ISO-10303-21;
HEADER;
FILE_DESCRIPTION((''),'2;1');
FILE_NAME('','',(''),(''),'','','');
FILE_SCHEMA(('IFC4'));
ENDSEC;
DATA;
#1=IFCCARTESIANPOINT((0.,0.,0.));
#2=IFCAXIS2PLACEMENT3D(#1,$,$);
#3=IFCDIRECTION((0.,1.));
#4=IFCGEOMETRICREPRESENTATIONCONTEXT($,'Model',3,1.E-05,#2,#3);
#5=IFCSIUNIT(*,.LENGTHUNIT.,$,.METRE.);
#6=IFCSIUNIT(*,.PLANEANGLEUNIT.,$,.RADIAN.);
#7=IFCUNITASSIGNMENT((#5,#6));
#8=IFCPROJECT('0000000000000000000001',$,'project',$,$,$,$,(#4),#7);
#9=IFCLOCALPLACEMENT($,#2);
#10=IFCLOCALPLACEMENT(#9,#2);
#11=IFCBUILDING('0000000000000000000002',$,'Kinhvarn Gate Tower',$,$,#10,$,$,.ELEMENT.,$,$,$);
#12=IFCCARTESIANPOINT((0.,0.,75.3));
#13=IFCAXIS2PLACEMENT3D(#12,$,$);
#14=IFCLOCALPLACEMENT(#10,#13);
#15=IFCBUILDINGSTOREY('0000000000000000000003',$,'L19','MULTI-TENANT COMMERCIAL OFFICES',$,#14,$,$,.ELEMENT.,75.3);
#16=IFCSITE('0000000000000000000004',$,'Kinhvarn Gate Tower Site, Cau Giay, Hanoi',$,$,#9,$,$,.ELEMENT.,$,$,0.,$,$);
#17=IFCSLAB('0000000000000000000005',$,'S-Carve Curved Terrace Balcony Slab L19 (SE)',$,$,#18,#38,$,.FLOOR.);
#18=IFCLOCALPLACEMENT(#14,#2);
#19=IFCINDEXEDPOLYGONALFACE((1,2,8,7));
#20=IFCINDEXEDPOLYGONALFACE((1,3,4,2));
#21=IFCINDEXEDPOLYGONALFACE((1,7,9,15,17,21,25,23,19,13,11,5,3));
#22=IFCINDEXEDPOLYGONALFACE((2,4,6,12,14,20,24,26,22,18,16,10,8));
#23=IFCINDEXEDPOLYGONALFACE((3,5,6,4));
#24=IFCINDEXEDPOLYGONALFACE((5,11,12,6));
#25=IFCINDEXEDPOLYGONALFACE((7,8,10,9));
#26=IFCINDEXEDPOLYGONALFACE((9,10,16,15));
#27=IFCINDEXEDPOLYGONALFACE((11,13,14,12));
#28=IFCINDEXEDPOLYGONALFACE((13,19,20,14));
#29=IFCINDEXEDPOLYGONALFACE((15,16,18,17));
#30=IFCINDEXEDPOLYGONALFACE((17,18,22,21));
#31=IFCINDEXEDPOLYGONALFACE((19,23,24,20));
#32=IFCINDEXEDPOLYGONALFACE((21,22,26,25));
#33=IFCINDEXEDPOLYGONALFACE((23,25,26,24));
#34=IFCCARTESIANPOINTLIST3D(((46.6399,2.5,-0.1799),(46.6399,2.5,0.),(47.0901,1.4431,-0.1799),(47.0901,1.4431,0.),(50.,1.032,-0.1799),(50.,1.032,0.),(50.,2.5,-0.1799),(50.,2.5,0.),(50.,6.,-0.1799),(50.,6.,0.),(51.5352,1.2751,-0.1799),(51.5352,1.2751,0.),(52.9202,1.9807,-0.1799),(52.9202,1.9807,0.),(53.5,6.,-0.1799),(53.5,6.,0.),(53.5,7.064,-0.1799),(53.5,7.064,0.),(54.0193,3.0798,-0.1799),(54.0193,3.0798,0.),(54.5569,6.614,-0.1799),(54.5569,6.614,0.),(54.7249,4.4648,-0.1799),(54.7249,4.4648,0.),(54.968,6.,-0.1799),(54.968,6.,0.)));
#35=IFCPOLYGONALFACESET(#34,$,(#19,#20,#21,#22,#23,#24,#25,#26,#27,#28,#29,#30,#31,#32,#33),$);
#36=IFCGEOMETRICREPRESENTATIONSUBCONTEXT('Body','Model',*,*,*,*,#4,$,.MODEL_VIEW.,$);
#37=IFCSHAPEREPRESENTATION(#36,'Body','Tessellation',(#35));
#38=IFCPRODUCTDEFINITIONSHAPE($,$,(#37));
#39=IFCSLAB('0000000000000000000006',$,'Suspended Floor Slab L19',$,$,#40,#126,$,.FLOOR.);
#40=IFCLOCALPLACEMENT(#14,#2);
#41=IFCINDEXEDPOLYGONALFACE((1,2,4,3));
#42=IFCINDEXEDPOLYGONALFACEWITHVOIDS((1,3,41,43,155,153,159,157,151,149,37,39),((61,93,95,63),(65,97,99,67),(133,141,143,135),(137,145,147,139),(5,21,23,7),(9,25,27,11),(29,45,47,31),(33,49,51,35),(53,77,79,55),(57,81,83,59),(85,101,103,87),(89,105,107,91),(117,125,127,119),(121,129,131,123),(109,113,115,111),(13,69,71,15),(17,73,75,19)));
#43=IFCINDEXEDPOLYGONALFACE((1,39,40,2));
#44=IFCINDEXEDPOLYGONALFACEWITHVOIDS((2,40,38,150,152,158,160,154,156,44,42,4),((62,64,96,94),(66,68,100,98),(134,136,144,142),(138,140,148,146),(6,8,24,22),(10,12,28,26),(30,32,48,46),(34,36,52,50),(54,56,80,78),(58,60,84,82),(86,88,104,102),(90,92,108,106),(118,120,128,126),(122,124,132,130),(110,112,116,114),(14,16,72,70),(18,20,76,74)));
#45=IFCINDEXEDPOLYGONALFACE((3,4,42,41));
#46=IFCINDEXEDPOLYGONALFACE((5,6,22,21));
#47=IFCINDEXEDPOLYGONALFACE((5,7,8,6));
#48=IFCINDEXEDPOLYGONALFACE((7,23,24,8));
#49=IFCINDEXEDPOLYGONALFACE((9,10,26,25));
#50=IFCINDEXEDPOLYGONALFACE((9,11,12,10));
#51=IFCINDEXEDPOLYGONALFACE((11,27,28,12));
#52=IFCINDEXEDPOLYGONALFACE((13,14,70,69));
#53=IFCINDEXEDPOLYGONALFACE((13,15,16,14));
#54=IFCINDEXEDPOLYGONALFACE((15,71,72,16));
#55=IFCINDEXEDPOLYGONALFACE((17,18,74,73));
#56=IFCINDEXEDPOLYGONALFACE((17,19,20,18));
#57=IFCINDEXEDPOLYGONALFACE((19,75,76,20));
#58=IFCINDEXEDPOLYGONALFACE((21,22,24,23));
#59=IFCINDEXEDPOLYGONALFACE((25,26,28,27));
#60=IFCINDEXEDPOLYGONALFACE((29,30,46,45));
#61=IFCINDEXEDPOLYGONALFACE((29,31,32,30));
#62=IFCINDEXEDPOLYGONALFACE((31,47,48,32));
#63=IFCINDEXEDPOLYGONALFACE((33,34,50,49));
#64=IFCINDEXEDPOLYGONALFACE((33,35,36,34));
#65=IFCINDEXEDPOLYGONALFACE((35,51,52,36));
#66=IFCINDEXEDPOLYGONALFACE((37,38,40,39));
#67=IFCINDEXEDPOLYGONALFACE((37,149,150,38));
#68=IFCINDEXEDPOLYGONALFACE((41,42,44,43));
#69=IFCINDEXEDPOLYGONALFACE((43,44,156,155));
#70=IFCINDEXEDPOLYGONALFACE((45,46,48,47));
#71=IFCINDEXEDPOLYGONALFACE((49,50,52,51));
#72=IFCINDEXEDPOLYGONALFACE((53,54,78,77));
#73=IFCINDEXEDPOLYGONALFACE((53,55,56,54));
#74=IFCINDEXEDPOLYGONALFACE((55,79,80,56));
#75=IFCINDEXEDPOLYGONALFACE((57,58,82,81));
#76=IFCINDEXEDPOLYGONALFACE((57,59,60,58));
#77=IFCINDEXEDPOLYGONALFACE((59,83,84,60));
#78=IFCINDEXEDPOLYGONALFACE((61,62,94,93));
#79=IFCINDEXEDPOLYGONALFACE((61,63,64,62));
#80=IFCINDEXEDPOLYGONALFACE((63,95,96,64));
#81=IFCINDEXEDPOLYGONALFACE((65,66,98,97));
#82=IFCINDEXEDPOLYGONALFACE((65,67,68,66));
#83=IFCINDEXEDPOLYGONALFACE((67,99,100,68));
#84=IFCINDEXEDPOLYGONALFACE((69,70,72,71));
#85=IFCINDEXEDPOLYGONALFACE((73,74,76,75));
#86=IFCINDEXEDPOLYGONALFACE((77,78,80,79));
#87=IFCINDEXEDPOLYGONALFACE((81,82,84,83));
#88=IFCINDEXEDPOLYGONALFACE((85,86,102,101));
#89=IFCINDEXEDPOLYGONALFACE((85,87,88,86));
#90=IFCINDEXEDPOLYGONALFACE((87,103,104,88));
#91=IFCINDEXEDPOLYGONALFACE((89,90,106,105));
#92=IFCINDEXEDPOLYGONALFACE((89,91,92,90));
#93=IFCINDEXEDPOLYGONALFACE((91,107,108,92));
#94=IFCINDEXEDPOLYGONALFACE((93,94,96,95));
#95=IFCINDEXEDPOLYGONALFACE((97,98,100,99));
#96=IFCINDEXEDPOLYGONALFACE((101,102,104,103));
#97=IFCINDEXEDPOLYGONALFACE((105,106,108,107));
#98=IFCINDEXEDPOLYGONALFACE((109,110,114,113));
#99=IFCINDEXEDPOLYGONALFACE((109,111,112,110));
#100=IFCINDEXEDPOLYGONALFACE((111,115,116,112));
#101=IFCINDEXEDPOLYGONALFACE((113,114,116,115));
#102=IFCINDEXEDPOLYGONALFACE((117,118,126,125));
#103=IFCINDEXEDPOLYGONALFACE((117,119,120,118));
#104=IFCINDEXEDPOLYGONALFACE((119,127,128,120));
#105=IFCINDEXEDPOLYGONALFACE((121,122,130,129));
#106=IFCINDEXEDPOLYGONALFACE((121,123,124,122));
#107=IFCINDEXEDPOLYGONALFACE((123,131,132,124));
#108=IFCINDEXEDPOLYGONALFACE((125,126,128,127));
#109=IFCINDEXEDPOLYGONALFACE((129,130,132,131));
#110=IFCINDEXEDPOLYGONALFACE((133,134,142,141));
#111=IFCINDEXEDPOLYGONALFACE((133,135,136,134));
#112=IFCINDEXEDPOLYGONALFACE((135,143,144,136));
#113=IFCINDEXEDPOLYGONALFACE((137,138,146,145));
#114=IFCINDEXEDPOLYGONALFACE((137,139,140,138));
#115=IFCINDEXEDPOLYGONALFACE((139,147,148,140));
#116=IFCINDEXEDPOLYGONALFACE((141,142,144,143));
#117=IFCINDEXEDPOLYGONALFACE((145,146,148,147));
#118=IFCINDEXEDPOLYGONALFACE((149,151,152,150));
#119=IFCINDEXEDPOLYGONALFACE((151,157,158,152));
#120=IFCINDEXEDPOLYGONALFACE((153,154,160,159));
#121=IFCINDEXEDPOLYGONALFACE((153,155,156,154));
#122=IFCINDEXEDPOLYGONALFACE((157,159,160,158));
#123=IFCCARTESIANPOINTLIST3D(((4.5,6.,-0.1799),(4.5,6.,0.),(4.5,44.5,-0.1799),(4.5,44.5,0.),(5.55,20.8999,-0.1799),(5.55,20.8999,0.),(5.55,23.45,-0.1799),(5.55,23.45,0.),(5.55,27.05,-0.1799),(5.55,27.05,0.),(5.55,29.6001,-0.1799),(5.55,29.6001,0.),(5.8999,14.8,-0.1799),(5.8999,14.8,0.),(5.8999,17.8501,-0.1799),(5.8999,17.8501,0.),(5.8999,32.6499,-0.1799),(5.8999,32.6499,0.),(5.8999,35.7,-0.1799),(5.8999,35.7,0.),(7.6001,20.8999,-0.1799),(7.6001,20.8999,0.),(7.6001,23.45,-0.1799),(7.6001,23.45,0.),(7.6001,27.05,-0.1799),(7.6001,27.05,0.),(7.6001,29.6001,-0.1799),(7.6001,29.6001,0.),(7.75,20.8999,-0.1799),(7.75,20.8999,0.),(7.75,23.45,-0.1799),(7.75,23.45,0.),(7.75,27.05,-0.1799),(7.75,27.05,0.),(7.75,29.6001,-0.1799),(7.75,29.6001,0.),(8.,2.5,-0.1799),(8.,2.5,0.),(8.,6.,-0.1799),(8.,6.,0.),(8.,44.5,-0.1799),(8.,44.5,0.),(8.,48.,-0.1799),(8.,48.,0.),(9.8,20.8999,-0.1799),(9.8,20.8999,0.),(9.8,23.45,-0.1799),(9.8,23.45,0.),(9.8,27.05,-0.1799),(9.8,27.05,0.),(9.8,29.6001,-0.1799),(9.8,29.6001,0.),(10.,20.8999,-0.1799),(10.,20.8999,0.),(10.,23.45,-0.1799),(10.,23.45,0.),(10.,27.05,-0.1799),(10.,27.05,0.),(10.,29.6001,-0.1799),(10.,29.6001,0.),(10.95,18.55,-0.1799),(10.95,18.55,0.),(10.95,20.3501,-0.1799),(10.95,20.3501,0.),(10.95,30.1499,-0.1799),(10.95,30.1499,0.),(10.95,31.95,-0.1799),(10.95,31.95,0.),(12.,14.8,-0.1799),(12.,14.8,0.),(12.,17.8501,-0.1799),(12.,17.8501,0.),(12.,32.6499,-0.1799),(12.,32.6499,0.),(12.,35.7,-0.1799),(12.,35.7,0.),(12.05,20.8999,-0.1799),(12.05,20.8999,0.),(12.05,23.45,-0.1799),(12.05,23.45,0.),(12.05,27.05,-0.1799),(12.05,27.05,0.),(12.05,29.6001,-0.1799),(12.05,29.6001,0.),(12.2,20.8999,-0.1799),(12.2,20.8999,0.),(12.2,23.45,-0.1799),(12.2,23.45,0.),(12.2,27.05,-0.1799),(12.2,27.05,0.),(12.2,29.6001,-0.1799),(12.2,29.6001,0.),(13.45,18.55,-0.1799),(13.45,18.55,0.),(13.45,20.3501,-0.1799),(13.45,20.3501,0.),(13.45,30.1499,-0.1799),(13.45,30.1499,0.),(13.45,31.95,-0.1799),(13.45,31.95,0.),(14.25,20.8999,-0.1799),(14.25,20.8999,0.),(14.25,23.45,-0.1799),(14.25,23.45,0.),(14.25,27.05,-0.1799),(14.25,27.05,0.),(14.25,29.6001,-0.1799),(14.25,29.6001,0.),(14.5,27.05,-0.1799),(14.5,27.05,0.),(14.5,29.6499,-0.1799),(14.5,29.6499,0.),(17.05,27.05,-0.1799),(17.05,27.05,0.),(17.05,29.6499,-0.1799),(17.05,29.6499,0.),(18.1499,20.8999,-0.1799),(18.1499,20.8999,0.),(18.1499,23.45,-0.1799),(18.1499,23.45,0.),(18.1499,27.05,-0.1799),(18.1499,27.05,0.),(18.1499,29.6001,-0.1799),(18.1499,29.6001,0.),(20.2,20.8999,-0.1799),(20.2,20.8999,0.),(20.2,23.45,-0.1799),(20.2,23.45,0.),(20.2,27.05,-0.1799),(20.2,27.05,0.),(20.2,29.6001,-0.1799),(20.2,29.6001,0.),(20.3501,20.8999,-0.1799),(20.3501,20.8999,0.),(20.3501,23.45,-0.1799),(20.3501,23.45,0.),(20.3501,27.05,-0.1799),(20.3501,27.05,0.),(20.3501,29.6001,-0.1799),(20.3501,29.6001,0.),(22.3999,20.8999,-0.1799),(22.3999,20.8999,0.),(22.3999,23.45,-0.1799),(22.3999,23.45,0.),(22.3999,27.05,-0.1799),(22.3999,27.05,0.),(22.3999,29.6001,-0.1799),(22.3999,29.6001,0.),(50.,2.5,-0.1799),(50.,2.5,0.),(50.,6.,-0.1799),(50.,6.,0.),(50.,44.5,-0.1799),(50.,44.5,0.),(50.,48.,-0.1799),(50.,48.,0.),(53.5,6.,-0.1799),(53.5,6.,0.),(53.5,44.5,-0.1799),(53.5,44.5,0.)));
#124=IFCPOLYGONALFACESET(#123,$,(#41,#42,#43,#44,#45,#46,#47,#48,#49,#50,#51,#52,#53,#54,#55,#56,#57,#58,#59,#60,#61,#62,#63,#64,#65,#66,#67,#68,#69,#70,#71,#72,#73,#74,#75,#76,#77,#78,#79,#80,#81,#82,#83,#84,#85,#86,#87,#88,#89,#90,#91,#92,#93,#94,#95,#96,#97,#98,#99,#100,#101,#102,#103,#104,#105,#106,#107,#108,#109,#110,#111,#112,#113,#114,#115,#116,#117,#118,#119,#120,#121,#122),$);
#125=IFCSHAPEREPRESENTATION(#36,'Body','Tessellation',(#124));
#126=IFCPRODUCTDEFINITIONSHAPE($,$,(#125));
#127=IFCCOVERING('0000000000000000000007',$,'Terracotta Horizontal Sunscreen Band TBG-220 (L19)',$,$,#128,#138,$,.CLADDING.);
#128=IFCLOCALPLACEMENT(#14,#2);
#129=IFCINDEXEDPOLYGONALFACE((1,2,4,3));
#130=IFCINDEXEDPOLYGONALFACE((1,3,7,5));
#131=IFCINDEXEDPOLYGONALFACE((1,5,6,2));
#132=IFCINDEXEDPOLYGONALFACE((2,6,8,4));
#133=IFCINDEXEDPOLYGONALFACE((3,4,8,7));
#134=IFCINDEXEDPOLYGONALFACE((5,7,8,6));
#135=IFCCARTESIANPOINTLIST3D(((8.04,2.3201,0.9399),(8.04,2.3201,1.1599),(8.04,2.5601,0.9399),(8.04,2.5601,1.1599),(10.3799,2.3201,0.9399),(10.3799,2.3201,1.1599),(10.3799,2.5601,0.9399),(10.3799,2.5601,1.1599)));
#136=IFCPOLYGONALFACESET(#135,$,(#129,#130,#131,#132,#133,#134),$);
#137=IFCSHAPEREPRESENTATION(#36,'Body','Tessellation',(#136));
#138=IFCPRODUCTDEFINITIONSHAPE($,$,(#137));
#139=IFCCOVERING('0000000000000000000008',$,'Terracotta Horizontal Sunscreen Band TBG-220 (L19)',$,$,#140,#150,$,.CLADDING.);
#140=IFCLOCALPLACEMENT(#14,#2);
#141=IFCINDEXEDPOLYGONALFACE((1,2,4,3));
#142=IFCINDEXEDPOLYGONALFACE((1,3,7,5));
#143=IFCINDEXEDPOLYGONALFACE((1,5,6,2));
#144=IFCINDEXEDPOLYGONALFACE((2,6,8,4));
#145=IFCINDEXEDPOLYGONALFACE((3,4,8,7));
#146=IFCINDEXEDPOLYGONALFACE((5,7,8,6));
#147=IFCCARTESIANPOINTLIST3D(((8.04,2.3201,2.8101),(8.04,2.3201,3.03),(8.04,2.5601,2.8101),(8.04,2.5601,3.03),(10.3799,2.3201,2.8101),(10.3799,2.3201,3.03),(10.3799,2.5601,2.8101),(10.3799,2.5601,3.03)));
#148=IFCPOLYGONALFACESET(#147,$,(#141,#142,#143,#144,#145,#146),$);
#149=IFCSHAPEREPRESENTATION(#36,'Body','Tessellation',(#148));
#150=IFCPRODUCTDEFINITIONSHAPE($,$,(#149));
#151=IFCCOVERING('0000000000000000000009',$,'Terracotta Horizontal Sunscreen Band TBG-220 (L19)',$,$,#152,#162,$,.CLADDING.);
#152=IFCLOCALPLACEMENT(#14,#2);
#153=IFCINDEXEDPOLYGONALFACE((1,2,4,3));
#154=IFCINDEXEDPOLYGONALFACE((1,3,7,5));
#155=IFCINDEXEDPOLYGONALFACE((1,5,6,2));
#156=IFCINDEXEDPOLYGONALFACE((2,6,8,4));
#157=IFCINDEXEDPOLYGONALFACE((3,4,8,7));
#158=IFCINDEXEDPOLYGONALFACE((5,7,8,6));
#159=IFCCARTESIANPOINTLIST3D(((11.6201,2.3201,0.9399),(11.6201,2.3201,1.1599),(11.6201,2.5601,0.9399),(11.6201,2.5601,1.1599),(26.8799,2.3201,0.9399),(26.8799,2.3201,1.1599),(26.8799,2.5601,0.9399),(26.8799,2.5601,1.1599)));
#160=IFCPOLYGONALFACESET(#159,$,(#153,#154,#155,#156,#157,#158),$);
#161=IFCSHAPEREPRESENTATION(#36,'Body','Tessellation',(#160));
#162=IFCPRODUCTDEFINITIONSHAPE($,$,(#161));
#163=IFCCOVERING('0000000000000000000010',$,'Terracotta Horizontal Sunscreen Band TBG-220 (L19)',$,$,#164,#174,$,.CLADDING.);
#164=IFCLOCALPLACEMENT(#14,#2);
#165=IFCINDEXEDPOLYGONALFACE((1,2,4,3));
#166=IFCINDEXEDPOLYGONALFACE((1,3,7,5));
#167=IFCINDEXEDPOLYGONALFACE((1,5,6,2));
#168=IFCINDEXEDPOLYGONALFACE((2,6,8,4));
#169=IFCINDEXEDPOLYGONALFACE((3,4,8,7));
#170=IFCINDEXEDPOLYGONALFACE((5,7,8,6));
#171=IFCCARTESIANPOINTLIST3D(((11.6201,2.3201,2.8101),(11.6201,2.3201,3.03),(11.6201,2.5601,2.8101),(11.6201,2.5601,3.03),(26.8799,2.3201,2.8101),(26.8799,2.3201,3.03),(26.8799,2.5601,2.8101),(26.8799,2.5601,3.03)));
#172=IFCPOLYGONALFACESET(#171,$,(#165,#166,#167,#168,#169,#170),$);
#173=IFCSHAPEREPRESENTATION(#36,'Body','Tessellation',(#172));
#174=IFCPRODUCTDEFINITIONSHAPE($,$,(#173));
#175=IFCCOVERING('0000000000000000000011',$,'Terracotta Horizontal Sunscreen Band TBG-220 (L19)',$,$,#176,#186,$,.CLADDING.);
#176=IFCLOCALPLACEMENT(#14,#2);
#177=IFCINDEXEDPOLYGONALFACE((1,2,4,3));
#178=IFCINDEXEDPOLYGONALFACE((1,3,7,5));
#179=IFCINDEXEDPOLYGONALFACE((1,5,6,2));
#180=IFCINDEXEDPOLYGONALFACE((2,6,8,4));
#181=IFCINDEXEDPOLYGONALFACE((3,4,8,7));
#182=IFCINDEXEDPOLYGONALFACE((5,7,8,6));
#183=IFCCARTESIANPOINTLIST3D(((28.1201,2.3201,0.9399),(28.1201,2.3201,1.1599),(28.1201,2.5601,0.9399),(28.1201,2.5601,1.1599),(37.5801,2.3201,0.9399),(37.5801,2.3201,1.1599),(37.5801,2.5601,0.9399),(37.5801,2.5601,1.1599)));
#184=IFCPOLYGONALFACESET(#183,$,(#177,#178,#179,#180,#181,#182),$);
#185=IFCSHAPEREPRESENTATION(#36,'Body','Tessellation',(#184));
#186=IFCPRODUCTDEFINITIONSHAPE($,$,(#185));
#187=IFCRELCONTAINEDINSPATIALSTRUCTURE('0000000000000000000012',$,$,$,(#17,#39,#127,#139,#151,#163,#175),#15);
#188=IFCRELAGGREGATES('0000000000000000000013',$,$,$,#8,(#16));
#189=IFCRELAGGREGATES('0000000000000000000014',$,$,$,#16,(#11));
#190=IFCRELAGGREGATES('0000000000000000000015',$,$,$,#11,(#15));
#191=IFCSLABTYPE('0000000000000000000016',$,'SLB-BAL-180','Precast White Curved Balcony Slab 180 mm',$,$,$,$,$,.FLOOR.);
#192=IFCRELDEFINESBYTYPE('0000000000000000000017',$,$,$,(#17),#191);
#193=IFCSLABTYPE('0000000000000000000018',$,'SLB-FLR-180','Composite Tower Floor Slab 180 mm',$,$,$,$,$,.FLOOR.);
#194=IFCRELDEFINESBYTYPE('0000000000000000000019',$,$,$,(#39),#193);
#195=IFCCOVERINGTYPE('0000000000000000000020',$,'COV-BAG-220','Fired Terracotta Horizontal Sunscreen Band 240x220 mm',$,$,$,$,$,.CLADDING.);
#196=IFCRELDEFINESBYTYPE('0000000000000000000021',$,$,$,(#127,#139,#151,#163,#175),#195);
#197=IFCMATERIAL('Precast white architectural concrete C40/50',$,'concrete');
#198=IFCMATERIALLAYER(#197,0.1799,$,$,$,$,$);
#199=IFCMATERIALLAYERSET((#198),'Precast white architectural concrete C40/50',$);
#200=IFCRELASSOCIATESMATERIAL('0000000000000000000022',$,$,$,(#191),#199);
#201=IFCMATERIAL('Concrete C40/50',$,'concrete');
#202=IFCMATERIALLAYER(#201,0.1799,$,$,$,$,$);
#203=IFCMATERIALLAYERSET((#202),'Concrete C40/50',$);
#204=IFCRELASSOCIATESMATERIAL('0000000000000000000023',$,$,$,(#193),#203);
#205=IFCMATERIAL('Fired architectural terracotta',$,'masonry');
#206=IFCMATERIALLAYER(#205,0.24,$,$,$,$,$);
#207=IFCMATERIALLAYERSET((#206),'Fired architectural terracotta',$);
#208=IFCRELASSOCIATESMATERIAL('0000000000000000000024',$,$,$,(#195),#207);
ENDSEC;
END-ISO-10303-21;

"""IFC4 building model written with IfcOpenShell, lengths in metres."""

from ifc_helpers import new_model, si_unit, direction, frame, origin, place, context, subcontext, project, spatial, polyline, outline, extrude, material, layer, layer_set, type_object, element, save


model = new_model("IFC4")

# Units and contexts
model_context = context("Model", 3, precision=1e-05, world=origin(), true_north=direction((0.0, 1.0)))
body_context = subcontext(model_context, "Body", "Model", "MODEL_VIEW")
ifc_project = project(units=[si_unit("LENGTHUNIT", "METRE"), si_unit("PLANEANGLEUNIT", "RADIAN")], contexts=[model_context])

# Site, building, storey
site_placement = place(None, origin())
site = spatial("IfcSite", under=ifc_project, at=site_placement, Name="Kinhvarn Gate Tower Site, Cau Giay, Hanoi", CompositionType="ELEMENT", RefElevation=0.0)
building_placement = place(site_placement, origin())
building = spatial("IfcBuilding", under=site, at=building_placement, Name="Kinhvarn Gate Tower", CompositionType="ELEMENT")
storey_placement = place(building_placement, frame((0.0, 0.0, 75.3)))
storey = spatial("IfcBuildingStorey", under=building, at=storey_placement, Name="L19", Description="MULTI-TENANT COMMERCIAL OFFICES", CompositionType="ELEMENT", Elevation=75.3)

# Slabs
ifc_material_1 = material(Name="Precast white architectural concrete C40/50", Category="concrete")
ifc_layer_1 = layer(ifc_material_1, 0.1799)
ifc_layer_set_1 = layer_set([ifc_layer_1], Name="Precast white architectural concrete C40/50")
slab_type_1 = type_object("IfcSlabType", Name="SLB-BAL-180", Description="Precast White Curved Balcony Slab 180 mm", PredefinedType="FLOOR", material=ifc_layer_set_1)
slab_1_placement = place(storey_placement, frame((0.0, 0.0, -0.1799)))
element("IfcSlab", 1, at=slab_1_placement, inside=storey, type_object=slab_type_1, Name="S-Carve Curved Terrace Balcony Slab L19 (SE)", PredefinedType="FLOOR", context=body_context, shape_type="SweptSolid", body=[
    extrude(outline(polyline([(46.6399, 2.5), (47.0901, 1.4431), (50.0, 1.032), (51.5352, 1.2751), (52.9202, 1.9807), (54.0193, 3.0798), (54.7249, 4.4648), (54.968, 6.0), (54.5569, 6.614), (53.5, 7.064), (53.5, 6.0), (50.0, 6.0), (50.0, 2.5), (46.6399, 2.5)])), origin(), (0.0, 0.0, 1.0), 0.1799),
])
ifc_material_2 = material(Name="Concrete C40/50", Category="concrete")
ifc_layer_2 = layer(ifc_material_2, 0.1799)
ifc_layer_set_2 = layer_set([ifc_layer_2], Name="Concrete C40/50")
slab_type_2 = type_object("IfcSlabType", Name="SLB-FLR-180", Description="Composite Tower Floor Slab 180 mm", PredefinedType="FLOOR", material=ifc_layer_set_2)
slab_2_placement = place(storey_placement, frame((0.0, 0.0, -0.1799)))
element("IfcSlab", 2, at=slab_2_placement, inside=storey, type_object=slab_type_2, Name="Suspended Floor Slab L19", PredefinedType="FLOOR", context=body_context, shape_type="SweptSolid", body=[
    extrude(outline(polyline([(8.0, 2.5), (50.0, 2.5), (50.0, 6.0), (53.5, 6.0), (53.5, 44.5), (50.0, 44.5), (50.0, 48.0), (8.0, 48.0), (8.0, 44.5), (4.5, 44.5), (4.5, 6.0), (8.0, 6.0), (8.0, 2.5)]), holes=[polyline([(5.8999, 14.8), (12.0, 14.8), (12.0, 17.8501), (5.8999, 17.8501), (5.8999, 14.8)]), polyline([(5.8999, 32.6499), (12.0, 32.6499), (12.0, 35.7), (5.8999, 35.7), (5.8999, 32.6499)]), polyline([(18.1499, 20.8999), (20.2, 20.8999), (20.2, 23.45), (18.1499, 23.45), (18.1499, 20.8999)]), polyline([(20.3501, 20.8999), (22.3999, 20.8999), (22.3999, 23.45), (20.3501, 23.45), (20.3501, 20.8999)]), polyline([(18.1499, 27.05), (20.2, 27.05), (20.2, 29.6001), (18.1499, 29.6001), (18.1499, 27.05)]), polyline([(20.3501, 27.05), (22.3999, 27.05), (22.3999, 29.6001), (20.3501, 29.6001), (20.3501, 27.05)]), polyline([(5.55, 20.8999), (7.6001, 20.8999), (7.6001, 23.45), (5.55, 23.45), (5.55, 20.8999)]), polyline([(7.75, 20.8999), (9.8, 20.8999), (9.8, 23.45), (7.75, 23.45), (7.75, 20.8999)]), polyline([(5.55, 27.05), (7.6001, 27.05), (7.6001, 29.6001), (5.55, 29.6001), (5.55, 27.05)]), polyline([(7.75, 27.05), (9.8, 27.05), (9.8, 29.6001), (7.75, 29.6001), (7.75, 27.05)]), polyline([(10.0, 20.8999), (12.05, 20.8999), (12.05, 23.45), (10.0, 23.45), (10.0, 20.8999)]), polyline([(12.2, 20.8999), (14.25, 20.8999), (14.25, 23.45), (12.2, 23.45), (12.2, 20.8999)]), polyline([(10.0, 27.05), (12.05, 27.05), (12.05, 29.6001), (10.0, 29.6001), (10.0, 27.05)]), polyline([(12.2, 27.05), (14.25, 27.05), (14.25, 29.6001), (12.2, 29.6001), (12.2, 27.05)]), polyline([(14.5, 27.05), (17.05, 27.05), (17.05, 29.6499), (14.5, 29.6499), (14.5, 27.05)]), polyline([(10.95, 18.55), (13.45, 18.55), (13.45, 20.3501), (10.95, 20.3501), (10.95, 18.55)]), polyline([(10.95, 30.1499), (13.45, 30.1499), (13.45, 31.95), (10.95, 31.95), (10.95, 30.1499)])]), origin(), (0.0, 0.0, 1.0), 0.1799),
])

# Coverings
ifc_material_3 = material(Name="Fired architectural terracotta", Category="masonry")
ifc_layer_3 = layer(ifc_material_3, 0.24)
ifc_layer_set_3 = layer_set([ifc_layer_3], Name="Fired architectural terracotta")
covering_type_1 = type_object("IfcCoveringType", Name="COV-BAG-220", Description="Fired Terracotta Horizontal Sunscreen Band 240x220 mm", PredefinedType="CLADDING", material=ifc_layer_set_3)
for number, where, name in (
    (3, (0.0, 0.0, 0.9399), "Terracotta Horizontal Sunscreen Band TBG-220 (L19)"),
    (4, (0.0, 0.0, 2.8101), "Terracotta Horizontal Sunscreen Band TBG-220 (L19)"),
):
    element("IfcCovering", number, at=place(storey_placement, frame(where)), inside=storey, type_object=covering_type_1, Name=name, PredefinedType="CLADDING", context=body_context, shape_type="SweptSolid", body=[
        extrude(outline(polyline([(8.04, 2.5601), (10.3799, 2.5601), (10.3799, 2.3201), (8.04, 2.3201), (8.04, 2.5601)])), origin(), (0.0, 0.0, 1.0), 0.22),
    ])
for number, where, name in (
    (5, (0.0, 0.0, 0.9399), "Terracotta Horizontal Sunscreen Band TBG-220 (L19)"),
    (6, (0.0, 0.0, 2.8101), "Terracotta Horizontal Sunscreen Band TBG-220 (L19)"),
):
    element("IfcCovering", number, at=place(storey_placement, frame(where)), inside=storey, type_object=covering_type_1, Name=name, PredefinedType="CLADDING", context=body_context, shape_type="SweptSolid", body=[
        extrude(outline(polyline([(11.6201, 2.5601), (26.8799, 2.5601), (26.8799, 2.3201), (11.6201, 2.3201), (11.6201, 2.5601)])), origin(), (0.0, 0.0, 1.0), 0.22),
    ])
for number, where, name in (
    (7, (0.0, 0.0, 0.9399), "Terracotta Horizontal Sunscreen Band TBG-220 (L19)"),
):
    element("IfcCovering", number, at=place(storey_placement, frame(where)), inside=storey, type_object=covering_type_1, Name=name, PredefinedType="CLADDING", context=body_context, shape_type="SweptSolid", body=[
        extrude(outline(polyline([(28.1201, 2.5601), (37.5801, 2.5601), (37.5801, 2.3201), (28.1201, 2.3201), (28.1201, 2.5601)])), origin(), (0.0, 0.0, 1.0), 0.22),
    ])

save(model, "model.ifc")
